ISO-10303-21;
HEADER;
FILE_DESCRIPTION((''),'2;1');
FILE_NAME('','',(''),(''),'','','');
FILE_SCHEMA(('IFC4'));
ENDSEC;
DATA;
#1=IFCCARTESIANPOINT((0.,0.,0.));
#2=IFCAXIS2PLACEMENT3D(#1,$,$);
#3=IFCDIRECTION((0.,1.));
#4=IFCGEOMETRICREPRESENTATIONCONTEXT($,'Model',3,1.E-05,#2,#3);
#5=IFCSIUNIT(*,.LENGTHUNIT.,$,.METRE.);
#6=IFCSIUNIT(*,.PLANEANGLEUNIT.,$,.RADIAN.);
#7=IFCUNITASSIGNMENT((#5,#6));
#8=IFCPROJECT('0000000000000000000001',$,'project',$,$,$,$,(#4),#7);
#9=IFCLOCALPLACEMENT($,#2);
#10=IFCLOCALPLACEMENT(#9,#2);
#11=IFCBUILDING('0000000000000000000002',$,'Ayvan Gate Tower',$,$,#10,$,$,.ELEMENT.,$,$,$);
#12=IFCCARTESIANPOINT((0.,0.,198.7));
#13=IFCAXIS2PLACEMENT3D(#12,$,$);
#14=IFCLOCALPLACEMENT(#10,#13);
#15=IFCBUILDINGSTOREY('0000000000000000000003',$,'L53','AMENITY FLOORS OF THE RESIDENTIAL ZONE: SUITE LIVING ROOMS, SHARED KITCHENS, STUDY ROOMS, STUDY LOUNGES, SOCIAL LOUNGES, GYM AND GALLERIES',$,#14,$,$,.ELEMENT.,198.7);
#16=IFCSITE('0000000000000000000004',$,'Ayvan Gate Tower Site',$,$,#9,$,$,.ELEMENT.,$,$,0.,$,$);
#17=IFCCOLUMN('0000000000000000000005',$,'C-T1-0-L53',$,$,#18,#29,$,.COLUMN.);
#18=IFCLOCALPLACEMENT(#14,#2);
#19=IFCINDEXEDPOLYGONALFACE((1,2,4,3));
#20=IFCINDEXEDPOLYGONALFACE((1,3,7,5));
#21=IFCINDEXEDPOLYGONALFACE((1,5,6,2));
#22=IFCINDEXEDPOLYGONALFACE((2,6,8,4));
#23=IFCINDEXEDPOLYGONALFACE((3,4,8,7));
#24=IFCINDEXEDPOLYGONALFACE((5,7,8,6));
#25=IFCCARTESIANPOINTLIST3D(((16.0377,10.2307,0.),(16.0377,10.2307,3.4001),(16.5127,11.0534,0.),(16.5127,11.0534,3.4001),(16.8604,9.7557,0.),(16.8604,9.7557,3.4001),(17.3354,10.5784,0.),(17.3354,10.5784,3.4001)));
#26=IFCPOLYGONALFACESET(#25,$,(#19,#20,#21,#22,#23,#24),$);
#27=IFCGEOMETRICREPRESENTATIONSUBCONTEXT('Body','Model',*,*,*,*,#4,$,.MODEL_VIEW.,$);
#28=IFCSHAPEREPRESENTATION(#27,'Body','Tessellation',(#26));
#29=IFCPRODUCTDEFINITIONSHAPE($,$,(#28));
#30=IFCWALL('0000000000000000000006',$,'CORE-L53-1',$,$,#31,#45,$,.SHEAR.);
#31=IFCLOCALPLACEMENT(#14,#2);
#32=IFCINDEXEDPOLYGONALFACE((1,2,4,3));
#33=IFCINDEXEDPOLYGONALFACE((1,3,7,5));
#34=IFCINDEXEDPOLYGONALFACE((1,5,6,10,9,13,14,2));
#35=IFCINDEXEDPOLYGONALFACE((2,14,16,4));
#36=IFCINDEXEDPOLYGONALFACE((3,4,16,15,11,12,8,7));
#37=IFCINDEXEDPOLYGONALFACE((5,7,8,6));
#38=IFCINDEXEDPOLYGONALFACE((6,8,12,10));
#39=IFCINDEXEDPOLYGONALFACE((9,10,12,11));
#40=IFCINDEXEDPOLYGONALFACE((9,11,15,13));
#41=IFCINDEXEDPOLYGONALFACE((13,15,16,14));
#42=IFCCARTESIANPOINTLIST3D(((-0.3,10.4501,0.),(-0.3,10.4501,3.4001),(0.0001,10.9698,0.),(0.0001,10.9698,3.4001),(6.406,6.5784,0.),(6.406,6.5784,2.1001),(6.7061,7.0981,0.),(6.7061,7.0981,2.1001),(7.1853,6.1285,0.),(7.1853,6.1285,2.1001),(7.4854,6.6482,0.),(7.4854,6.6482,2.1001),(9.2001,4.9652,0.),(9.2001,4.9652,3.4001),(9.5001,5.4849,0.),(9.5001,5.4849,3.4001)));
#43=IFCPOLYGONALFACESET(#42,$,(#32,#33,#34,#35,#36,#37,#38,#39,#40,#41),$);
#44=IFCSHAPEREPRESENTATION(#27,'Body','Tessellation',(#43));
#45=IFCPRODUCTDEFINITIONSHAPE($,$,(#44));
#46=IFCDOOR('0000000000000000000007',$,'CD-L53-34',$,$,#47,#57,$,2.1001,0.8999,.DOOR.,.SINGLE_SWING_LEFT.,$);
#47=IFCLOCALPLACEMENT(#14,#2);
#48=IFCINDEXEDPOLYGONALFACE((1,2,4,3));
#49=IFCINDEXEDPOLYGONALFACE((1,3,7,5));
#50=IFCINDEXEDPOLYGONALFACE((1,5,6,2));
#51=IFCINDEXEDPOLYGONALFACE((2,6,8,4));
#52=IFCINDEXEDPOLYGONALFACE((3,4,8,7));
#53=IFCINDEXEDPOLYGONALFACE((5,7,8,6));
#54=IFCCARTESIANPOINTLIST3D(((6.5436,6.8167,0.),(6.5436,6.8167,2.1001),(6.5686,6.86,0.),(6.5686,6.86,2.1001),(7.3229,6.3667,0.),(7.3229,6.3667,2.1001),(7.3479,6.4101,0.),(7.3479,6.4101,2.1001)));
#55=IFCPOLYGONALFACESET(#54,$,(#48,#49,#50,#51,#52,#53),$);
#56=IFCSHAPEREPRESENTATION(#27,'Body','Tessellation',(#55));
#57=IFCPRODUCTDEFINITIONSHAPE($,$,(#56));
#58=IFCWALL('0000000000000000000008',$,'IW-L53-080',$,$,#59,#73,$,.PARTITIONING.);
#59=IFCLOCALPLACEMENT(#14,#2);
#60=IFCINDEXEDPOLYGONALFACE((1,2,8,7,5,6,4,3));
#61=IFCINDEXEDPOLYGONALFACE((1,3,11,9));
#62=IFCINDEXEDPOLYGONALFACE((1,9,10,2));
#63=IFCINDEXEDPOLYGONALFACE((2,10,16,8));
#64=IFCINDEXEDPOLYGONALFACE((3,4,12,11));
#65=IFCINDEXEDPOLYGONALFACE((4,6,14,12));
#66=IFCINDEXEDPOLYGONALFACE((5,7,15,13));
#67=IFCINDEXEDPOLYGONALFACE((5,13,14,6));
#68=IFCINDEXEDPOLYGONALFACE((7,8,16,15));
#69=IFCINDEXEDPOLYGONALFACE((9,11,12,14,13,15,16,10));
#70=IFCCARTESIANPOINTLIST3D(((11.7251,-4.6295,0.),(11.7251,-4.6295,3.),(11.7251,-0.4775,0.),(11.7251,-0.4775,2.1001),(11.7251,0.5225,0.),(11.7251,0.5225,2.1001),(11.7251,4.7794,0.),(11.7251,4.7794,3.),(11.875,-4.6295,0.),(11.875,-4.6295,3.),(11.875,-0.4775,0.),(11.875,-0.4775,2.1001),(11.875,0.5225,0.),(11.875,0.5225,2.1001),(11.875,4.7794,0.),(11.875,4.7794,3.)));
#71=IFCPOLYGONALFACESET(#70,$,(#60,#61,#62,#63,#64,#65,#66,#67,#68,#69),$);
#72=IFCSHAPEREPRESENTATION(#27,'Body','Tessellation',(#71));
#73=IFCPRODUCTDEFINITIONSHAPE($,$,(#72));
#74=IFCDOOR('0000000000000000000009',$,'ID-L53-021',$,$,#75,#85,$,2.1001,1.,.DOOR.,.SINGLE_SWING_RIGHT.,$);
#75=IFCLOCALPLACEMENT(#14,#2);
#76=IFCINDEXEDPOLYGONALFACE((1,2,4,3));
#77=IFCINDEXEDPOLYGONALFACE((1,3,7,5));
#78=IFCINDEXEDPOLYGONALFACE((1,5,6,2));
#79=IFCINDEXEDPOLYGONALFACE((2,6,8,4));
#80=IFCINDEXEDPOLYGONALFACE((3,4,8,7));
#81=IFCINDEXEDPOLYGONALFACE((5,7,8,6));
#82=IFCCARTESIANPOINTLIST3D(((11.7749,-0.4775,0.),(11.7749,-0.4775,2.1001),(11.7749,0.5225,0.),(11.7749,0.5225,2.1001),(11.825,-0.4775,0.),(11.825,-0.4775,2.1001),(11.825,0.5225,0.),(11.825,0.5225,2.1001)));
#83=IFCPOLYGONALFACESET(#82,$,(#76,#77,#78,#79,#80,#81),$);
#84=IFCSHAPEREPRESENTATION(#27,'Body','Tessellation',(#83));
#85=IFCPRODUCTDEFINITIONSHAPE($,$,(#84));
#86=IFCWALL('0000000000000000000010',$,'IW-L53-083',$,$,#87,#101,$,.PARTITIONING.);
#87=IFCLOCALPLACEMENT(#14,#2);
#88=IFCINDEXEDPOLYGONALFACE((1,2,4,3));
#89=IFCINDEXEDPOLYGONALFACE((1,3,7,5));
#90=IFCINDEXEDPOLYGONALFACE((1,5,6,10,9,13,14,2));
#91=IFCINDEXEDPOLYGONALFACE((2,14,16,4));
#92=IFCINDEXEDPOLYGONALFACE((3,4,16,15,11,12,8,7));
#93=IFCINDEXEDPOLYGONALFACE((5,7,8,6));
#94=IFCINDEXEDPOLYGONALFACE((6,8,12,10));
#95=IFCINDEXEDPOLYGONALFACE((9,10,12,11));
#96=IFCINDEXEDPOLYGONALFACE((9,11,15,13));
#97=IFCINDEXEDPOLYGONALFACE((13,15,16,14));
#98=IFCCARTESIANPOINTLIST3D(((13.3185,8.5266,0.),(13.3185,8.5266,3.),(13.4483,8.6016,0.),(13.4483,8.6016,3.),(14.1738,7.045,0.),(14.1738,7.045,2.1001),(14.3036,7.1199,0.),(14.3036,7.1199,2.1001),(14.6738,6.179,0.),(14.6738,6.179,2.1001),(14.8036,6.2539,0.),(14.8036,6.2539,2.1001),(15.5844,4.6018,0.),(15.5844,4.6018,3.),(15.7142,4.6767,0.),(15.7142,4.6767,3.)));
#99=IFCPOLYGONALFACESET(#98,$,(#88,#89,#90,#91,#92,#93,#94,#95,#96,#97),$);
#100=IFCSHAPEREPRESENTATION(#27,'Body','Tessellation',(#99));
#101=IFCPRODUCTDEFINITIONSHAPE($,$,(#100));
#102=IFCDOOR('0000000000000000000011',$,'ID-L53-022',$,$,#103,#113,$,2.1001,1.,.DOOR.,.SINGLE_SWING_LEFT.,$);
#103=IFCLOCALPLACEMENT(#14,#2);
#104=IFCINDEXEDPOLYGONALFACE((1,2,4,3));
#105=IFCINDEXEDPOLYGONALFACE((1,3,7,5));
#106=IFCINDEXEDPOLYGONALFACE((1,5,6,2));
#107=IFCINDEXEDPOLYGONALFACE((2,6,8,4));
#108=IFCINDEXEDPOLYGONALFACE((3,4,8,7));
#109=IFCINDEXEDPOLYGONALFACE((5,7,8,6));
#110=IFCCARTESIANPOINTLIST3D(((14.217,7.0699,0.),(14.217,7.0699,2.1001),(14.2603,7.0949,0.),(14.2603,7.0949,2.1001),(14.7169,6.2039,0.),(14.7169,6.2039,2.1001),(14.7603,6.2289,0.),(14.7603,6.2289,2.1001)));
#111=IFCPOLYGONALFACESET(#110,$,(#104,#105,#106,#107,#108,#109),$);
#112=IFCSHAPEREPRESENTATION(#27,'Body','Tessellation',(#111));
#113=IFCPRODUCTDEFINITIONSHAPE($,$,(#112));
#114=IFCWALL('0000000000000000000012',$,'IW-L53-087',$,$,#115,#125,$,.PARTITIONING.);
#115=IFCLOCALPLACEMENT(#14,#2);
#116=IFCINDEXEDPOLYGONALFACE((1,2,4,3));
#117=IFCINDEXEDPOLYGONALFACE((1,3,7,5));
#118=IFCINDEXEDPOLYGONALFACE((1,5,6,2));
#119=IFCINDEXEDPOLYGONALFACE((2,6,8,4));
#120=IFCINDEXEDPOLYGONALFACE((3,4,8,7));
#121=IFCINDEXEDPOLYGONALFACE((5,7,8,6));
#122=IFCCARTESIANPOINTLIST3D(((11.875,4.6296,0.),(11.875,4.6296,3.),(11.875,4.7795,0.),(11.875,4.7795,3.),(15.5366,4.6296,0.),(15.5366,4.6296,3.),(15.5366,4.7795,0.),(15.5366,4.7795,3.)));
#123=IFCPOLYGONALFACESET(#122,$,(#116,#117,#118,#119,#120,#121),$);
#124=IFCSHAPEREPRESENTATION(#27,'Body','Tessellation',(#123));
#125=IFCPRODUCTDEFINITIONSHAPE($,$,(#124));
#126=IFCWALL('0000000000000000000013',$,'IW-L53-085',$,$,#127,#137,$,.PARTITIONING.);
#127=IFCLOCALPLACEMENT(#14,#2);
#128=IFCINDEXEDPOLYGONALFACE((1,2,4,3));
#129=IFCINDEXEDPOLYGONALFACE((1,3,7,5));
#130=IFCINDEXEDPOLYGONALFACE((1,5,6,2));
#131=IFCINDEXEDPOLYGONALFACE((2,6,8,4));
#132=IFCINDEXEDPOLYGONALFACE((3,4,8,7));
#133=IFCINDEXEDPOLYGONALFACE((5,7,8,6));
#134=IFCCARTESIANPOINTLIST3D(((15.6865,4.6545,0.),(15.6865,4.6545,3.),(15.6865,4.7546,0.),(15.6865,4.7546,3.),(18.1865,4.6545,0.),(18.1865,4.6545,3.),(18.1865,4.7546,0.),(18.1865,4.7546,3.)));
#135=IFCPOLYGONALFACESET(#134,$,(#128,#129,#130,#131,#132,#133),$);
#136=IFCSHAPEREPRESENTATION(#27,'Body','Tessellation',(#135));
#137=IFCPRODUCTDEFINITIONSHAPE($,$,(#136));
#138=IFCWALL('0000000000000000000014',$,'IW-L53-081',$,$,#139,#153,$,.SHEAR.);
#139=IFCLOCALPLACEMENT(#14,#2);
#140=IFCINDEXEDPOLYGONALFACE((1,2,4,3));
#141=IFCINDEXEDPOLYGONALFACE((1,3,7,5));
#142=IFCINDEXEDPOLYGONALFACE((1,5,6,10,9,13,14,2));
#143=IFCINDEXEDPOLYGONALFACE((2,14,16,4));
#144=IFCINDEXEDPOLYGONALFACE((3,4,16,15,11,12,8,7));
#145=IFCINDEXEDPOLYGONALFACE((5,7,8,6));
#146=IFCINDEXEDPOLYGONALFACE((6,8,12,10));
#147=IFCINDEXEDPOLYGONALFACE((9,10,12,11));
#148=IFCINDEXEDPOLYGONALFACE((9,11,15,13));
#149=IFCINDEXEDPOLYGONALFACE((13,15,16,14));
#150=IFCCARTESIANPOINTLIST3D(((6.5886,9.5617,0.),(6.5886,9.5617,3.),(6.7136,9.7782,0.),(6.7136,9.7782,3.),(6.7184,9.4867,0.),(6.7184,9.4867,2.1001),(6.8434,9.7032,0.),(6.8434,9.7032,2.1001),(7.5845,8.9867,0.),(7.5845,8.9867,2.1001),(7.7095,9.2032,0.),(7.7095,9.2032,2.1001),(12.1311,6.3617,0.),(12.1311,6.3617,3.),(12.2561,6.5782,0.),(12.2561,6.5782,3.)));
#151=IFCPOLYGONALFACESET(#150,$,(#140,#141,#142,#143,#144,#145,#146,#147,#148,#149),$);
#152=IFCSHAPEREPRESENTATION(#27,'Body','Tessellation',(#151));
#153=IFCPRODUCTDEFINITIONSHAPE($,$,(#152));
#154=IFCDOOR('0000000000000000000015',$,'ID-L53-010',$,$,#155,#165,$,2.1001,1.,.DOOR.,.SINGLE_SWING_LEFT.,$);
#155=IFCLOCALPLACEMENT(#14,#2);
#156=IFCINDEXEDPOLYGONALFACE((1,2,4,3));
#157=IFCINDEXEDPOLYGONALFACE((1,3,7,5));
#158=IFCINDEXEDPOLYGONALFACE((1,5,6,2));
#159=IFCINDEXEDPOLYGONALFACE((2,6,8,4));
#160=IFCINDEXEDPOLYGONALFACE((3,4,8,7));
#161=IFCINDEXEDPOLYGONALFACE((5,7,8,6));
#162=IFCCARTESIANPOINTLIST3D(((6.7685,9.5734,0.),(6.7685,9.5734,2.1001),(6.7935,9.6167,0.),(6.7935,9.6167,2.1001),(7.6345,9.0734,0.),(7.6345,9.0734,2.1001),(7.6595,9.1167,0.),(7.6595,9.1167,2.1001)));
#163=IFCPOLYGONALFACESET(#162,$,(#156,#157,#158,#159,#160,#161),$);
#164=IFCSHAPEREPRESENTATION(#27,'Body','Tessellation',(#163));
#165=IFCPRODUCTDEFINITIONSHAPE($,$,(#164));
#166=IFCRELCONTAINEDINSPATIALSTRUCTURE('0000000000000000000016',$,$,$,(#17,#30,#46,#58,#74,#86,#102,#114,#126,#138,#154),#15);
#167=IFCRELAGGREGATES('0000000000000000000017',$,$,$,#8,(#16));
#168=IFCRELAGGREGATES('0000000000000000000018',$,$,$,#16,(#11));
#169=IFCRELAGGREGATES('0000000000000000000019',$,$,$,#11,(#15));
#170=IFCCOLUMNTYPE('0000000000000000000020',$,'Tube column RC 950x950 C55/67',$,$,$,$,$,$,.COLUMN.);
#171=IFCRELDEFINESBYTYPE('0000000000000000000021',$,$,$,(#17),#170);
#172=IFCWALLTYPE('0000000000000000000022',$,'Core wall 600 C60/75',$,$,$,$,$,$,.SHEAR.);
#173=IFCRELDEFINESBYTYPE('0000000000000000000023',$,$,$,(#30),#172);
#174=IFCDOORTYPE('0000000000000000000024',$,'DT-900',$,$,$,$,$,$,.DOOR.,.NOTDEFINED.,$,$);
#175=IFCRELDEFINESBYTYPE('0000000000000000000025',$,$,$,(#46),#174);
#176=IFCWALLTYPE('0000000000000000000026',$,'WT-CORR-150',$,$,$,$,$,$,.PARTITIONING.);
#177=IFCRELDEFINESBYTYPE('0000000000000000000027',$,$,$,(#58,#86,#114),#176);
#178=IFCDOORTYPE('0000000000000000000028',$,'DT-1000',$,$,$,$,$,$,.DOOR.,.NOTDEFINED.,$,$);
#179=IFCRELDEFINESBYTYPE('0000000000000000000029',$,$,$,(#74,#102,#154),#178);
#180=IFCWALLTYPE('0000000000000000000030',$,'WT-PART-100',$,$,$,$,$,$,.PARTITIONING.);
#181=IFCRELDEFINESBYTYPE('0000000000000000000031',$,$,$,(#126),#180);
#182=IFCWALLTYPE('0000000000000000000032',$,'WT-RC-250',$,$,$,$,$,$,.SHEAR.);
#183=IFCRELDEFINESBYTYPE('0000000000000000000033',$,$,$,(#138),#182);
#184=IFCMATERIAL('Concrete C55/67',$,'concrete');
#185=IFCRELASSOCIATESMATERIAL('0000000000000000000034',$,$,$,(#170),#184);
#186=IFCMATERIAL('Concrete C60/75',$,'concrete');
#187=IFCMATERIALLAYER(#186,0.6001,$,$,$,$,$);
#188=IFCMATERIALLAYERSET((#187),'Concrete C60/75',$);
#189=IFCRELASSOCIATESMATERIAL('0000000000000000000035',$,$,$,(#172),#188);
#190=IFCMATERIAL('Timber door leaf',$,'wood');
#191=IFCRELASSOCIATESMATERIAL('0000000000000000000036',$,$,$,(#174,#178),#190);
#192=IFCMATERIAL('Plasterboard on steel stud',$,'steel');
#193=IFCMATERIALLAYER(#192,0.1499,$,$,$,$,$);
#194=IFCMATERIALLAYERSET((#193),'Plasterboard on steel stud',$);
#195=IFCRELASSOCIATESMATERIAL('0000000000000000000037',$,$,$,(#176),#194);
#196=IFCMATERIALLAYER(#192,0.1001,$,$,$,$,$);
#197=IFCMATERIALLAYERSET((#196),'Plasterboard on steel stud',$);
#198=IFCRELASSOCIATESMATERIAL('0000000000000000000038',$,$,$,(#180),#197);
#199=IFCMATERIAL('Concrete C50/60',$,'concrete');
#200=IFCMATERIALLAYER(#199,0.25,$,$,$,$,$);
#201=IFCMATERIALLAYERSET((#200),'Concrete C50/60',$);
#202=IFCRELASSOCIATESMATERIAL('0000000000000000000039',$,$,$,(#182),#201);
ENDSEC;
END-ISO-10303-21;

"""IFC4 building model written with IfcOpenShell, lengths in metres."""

from ifc_helpers import new_model, si_unit, direction, frame, frame_2d, origin, origin_2d, place, context, subcontext, project, spatial, rectangle, extrude, material, layer, layer_set, material_profile, profile_set, type_object, element, fill, save


model = new_model("IFC4")

# Units and contexts
model_context = context("Model", 3, precision=1e-05, world=origin(), true_north=direction((0.0, 1.0)))
body_context = subcontext(model_context, "Body", "Model", "MODEL_VIEW")
ifc_project = project(units=[si_unit("LENGTHUNIT", "METRE"), si_unit("PLANEANGLEUNIT", "RADIAN")], contexts=[model_context])

# Site, building, storey
site_placement = place(None, origin())
site = spatial("IfcSite", under=ifc_project, at=site_placement, Name="Ayvan Gate Tower Site", CompositionType="ELEMENT", RefElevation=0.0)
building_placement = place(site_placement, origin())
building = spatial("IfcBuilding", under=site, at=building_placement, Name="Ayvan Gate Tower", CompositionType="ELEMENT")
storey_placement = place(building_placement, frame((0.0, 0.0, 198.7)))
storey = spatial("IfcBuildingStorey", under=building, at=storey_placement, Name="L53", Description="AMENITY FLOORS OF THE RESIDENTIAL ZONE: SUITE LIVING ROOMS, SHARED KITCHENS, STUDY ROOMS, STUDY LOUNGES, SOCIAL LOUNGES, GYM AND GALLERIES", CompositionType="ELEMENT", Elevation=198.7)

# Column
ifc_material_1 = material(Name="Concrete C55/67", Category="concrete")
ifc_material_profile = material_profile(ifc_material_1, rectangle(XDim=0.95, YDim=0.95, at=origin_2d()), Name="RC 950x950")
ifc_profile_set = profile_set([ifc_material_profile], Name="Concrete C55/67")
column_type = type_object("IfcColumnType", Name="Tube column RC 950x950 C55/67", PredefinedType="COLUMN", material=ifc_profile_set)
column_placement = place(storey_placement, frame((16.6865, 10.4045, 0.0), z_axis=(0.0, 0.0, 1.0), x_axis=(0.5, 0.866025, 0.0)))
element("IfcColumn", 1, at=column_placement, inside=storey, type_object=column_type, Name="C-T1-0-L53", PredefinedType="COLUMN", context=body_context, shape_type="SweptSolid", body=[
    extrude(rectangle(XDim=0.95, YDim=0.95, at=origin_2d()), origin(), (0.0, 0.0, 1.0), 3.4001),
])

# Walls, openings, doors
ifc_material_2 = material(Name="Concrete C60/75", Category="concrete")
ifc_layer_1 = layer(ifc_material_2, 0.6001)
ifc_layer_set_1 = layer_set([ifc_layer_1], Name="Concrete C60/75")
wall_type_1 = type_object("IfcWallType", Name="Core wall 600 C60/75", PredefinedType="SHEAR", material=ifc_layer_set_1)
wall_1_placement = place(storey_placement, frame((9.3501, 5.2251, 0.0), z_axis=(0.0, 0.0, 1.0), x_axis=(-0.866024, 0.500002, 0.0)))
wall_1 = element("IfcWall", 2, at=wall_1_placement, inside=storey, type_object=wall_type_1, Name="CORE-L53-1", PredefinedType="SHEAR", context=body_context, shape_type="SweptSolid", body=[
    extrude(rectangle(XDim=10.9697, YDim=0.6001, at=frame_2d((5.4849, 0.0))), origin(), (0.0, 0.0, 1.0), 3.4001),
])
opening_1_placement = place(wall_1_placement, frame((2.3264, 0.0, 0.0)))
opening_1 = element("IfcOpeningElement", 3, at=opening_1_placement, cuts=wall_1, PredefinedType="OPENING", context=body_context, shape_type="SweptSolid", body=[
    extrude(rectangle(XDim=0.8999, YDim=2.1001, at=frame_2d((0.45, 1.05))), frame((0.0, 0.3101, 0.0), z_axis=(0.0, -1.0, 0.0), x_axis=(1.0, 0.0, 0.0)), (0.0, 0.0, 1.0), 0.6201),
])
ifc_material_3 = material(Name="Timber door leaf", Category="wood")
door_type_1 = type_object("IfcDoorType", Name="DT-900", OperationType="NOTDEFINED", PredefinedType="DOOR", material=ifc_material_3)
door_1_placement = place(opening_1_placement, origin())
door_1 = element("IfcDoor", 4, at=door_1_placement, inside=storey, type_object=door_type_1, Name="CD-L53-34", OperationType="SINGLE_SWING_LEFT", OverallHeight=2.1001, OverallWidth=0.8999, PredefinedType="DOOR", context=body_context, shape_type="SweptSolid", body=[
    extrude(rectangle(XDim=0.8999, YDim=2.1001, at=frame_2d((0.45, 1.05))), frame((0.0, 0.0249, 0.0), z_axis=(0.0, -1.0, 0.0), x_axis=(1.0, 0.0, 0.0)), (0.0, 0.0, 1.0), 0.05),
])
fill(opening_1, door_1)
ifc_material_4 = material(Name="Plasterboard on steel stud", Category="steel")
ifc_layer_2 = layer(ifc_material_4, 0.1499)
ifc_layer_set_2 = layer_set([ifc_layer_2], Name="Plasterboard on steel stud")
wall_type_2 = type_object("IfcWallType", Name="WT-CORR-150", PredefinedType="PARTITIONING", material=ifc_layer_set_2)
wall_2_placement = place(storey_placement, frame((11.8, 4.7795, 0.0), z_axis=(0.0, 0.0, 1.0), x_axis=(0.0, -1.0, 0.0)))
wall_2 = element("IfcWall", 5, at=wall_2_placement, inside=storey, type_object=wall_type_2, Name="IW-L53-080", PredefinedType="PARTITIONING", context=body_context, shape_type="SweptSolid", body=[
    extrude(rectangle(XDim=9.4089, YDim=0.1499, at=frame_2d((4.7046, 0.0))), origin(), (0.0, 0.0, 1.0), 3.0),
])
opening_2_placement = place(wall_2_placement, frame((4.2571, 0.0, 0.0)))
opening_2 = element("IfcOpeningElement", 6, at=opening_2_placement, cuts=wall_2, PredefinedType="OPENING", context=body_context, shape_type="SweptSolid", body=[
    extrude(rectangle(XDim=1.0, YDim=2.1001, at=frame_2d((0.5, 1.05))), frame((0.0, 0.085, 0.0), z_axis=(0.0, -1.0, 0.0), x_axis=(1.0, 0.0, 0.0)), (0.0, 0.0, 1.0), 0.1699),
])
door_type_2 = type_object("IfcDoorType", Name="DT-1000", OperationType="NOTDEFINED", PredefinedType="DOOR", material=ifc_material_3)
door_2_placement = place(opening_2_placement, origin())
door_2 = element("IfcDoor", 7, at=door_2_placement, inside=storey, type_object=door_type_2, Name="ID-L53-021", OperationType="SINGLE_SWING_RIGHT", OverallHeight=2.1001, OverallWidth=1.0, PredefinedType="DOOR", context=body_context, shape_type="SweptSolid", body=[
    extrude(rectangle(XDim=1.0, YDim=2.1001, at=frame_2d((0.5, 1.05))), frame((0.0, 0.0249, 0.0), z_axis=(0.0, -1.0, 0.0), x_axis=(1.0, 0.0, 0.0)), (0.0, 0.0, 1.0), 0.05),
])
fill(opening_2, door_2)
wall_3_placement = place(storey_placement, frame((13.3833, 8.5642, 0.0), z_axis=(0.0, 0.0, 1.0), x_axis=(0.49998, -0.866037, 0.0)))
wall_3 = element("IfcWall", 8, at=wall_3_placement, inside=storey, type_object=wall_type_2, Name="IW-L53-083", PredefinedType="PARTITIONING", context=body_context, shape_type="SweptSolid", body=[
    extrude(rectangle(XDim=4.532, YDim=0.1499, at=frame_2d((2.2661, 0.0))), origin(), (0.0, 0.0, 1.0), 3.0),
])
opening_3_placement = place(wall_3_placement, frame((1.7109, 0.0, 0.0)))
opening_3 = element("IfcOpeningElement", 9, at=opening_3_placement, cuts=wall_3, PredefinedType="OPENING", context=body_context, shape_type="SweptSolid", body=[
    extrude(rectangle(XDim=1.0, YDim=2.1001, at=frame_2d((0.5, 1.05))), frame((0.0, 0.085, 0.0), z_axis=(0.0, -1.0, 0.0), x_axis=(1.0, 0.0, 0.0)), (0.0, 0.0, 1.0), 0.1699),
])
door_3_placement = place(opening_3_placement, origin())
door_3 = element("IfcDoor", 10, at=door_3_placement, inside=storey, type_object=door_type_2, Name="ID-L53-022", OperationType="SINGLE_SWING_LEFT", OverallHeight=2.1001, OverallWidth=1.0, PredefinedType="DOOR", context=body_context, shape_type="SweptSolid", body=[
    extrude(rectangle(XDim=1.0, YDim=2.1001, at=frame_2d((0.5, 1.05))), frame((0.0, 0.0249, 0.0), z_axis=(0.0, -1.0, 0.0), x_axis=(1.0, 0.0, 0.0)), (0.0, 0.0, 1.0), 0.05),
])
fill(opening_3, door_3)

# Walls
wall_4_placement = place(storey_placement, frame((15.5366, 4.7046, 0.0), z_axis=(0.0, 0.0, 1.0), x_axis=(-1.0, 0.0, 0.0)))
element("IfcWall", 11, at=wall_4_placement, inside=storey, type_object=wall_type_2, Name="IW-L53-087", PredefinedType="PARTITIONING", context=body_context, shape_type="SweptSolid", body=[
    extrude(rectangle(XDim=3.6616, YDim=0.1499, at=frame_2d((1.8308, 0.0))), origin(), (0.0, 0.0, 1.0), 3.0),
])
ifc_layer_3 = layer(ifc_material_4, 0.1001)
ifc_layer_set_3 = layer_set([ifc_layer_3], Name="Plasterboard on steel stud")
wall_type_3 = type_object("IfcWallType", Name="WT-PART-100", PredefinedType="PARTITIONING", material=ifc_layer_set_3)
wall_5_placement = place(storey_placement, frame((15.6865, 4.7046, 0.0), z_axis=(0.0, 0.0, 1.0), x_axis=(1.0, 0.0, 0.0)))
element("IfcWall", 12, at=wall_5_placement, inside=storey, type_object=wall_type_3, Name="IW-L53-085", PredefinedType="PARTITIONING", context=body_context, shape_type="SweptSolid", body=[
    extrude(rectangle(XDim=2.5, YDim=0.1001, at=frame_2d((1.25, 0.0))), origin(), (0.0, 0.0, 1.0), 3.0),
])

# Wall, opening, door
ifc_material_5 = material(Name="Concrete C50/60", Category="concrete")
ifc_layer_4 = layer(ifc_material_5, 0.25)
ifc_layer_set_4 = layer_set([ifc_layer_4], Name="Concrete C50/60")
wall_type_4 = type_object("IfcWallType", Name="WT-RC-250", PredefinedType="SHEAR", material=ifc_layer_set_4)
wall_6_placement = place(storey_placement, frame((12.1936, 6.47, 0.0), z_axis=(0.0, 0.0, 1.0), x_axis=(-0.866025, 0.5, 0.0)))
wall_6 = element("IfcWall", 13, at=wall_6_placement, inside=storey, type_object=wall_type_4, Name="IW-L53-081", PredefinedType="SHEAR", context=body_context, shape_type="SweptSolid", body=[
    extrude(rectangle(XDim=6.3999, YDim=0.25, at=frame_2d((3.2, 0.0))), origin(), (0.0, 0.0, 1.0), 3.0),
])
opening_4_placement = place(wall_6_placement, frame((5.25, 0.0, 0.0)))
opening_4 = element("IfcOpeningElement", 14, at=opening_4_placement, cuts=wall_6, PredefinedType="OPENING", context=body_context, shape_type="SweptSolid", body=[
    extrude(rectangle(XDim=1.0, YDim=2.1001, at=frame_2d((0.5, 1.05))), frame((0.0, 0.135, 0.0), z_axis=(0.0, -1.0, 0.0), x_axis=(1.0, 0.0, 0.0)), (0.0, 0.0, 1.0), 0.27),
])
door_4_placement = place(opening_4_placement, origin())
door_4 = element("IfcDoor", 15, at=door_4_placement, inside=storey, type_object=door_type_2, Name="ID-L53-010", OperationType="SINGLE_SWING_LEFT", OverallHeight=2.1001, OverallWidth=1.0, PredefinedType="DOOR", context=body_context, shape_type="SweptSolid", body=[
    extrude(rectangle(XDim=1.0, YDim=2.1001, at=frame_2d((0.5, 1.05))), frame((0.0, 0.0249, 0.0), z_axis=(0.0, -1.0, 0.0), x_axis=(1.0, 0.0, 0.0)), (0.0, 0.0, 1.0), 0.05),
])
fill(opening_4, door_4)

save(model, "model.ifc")
